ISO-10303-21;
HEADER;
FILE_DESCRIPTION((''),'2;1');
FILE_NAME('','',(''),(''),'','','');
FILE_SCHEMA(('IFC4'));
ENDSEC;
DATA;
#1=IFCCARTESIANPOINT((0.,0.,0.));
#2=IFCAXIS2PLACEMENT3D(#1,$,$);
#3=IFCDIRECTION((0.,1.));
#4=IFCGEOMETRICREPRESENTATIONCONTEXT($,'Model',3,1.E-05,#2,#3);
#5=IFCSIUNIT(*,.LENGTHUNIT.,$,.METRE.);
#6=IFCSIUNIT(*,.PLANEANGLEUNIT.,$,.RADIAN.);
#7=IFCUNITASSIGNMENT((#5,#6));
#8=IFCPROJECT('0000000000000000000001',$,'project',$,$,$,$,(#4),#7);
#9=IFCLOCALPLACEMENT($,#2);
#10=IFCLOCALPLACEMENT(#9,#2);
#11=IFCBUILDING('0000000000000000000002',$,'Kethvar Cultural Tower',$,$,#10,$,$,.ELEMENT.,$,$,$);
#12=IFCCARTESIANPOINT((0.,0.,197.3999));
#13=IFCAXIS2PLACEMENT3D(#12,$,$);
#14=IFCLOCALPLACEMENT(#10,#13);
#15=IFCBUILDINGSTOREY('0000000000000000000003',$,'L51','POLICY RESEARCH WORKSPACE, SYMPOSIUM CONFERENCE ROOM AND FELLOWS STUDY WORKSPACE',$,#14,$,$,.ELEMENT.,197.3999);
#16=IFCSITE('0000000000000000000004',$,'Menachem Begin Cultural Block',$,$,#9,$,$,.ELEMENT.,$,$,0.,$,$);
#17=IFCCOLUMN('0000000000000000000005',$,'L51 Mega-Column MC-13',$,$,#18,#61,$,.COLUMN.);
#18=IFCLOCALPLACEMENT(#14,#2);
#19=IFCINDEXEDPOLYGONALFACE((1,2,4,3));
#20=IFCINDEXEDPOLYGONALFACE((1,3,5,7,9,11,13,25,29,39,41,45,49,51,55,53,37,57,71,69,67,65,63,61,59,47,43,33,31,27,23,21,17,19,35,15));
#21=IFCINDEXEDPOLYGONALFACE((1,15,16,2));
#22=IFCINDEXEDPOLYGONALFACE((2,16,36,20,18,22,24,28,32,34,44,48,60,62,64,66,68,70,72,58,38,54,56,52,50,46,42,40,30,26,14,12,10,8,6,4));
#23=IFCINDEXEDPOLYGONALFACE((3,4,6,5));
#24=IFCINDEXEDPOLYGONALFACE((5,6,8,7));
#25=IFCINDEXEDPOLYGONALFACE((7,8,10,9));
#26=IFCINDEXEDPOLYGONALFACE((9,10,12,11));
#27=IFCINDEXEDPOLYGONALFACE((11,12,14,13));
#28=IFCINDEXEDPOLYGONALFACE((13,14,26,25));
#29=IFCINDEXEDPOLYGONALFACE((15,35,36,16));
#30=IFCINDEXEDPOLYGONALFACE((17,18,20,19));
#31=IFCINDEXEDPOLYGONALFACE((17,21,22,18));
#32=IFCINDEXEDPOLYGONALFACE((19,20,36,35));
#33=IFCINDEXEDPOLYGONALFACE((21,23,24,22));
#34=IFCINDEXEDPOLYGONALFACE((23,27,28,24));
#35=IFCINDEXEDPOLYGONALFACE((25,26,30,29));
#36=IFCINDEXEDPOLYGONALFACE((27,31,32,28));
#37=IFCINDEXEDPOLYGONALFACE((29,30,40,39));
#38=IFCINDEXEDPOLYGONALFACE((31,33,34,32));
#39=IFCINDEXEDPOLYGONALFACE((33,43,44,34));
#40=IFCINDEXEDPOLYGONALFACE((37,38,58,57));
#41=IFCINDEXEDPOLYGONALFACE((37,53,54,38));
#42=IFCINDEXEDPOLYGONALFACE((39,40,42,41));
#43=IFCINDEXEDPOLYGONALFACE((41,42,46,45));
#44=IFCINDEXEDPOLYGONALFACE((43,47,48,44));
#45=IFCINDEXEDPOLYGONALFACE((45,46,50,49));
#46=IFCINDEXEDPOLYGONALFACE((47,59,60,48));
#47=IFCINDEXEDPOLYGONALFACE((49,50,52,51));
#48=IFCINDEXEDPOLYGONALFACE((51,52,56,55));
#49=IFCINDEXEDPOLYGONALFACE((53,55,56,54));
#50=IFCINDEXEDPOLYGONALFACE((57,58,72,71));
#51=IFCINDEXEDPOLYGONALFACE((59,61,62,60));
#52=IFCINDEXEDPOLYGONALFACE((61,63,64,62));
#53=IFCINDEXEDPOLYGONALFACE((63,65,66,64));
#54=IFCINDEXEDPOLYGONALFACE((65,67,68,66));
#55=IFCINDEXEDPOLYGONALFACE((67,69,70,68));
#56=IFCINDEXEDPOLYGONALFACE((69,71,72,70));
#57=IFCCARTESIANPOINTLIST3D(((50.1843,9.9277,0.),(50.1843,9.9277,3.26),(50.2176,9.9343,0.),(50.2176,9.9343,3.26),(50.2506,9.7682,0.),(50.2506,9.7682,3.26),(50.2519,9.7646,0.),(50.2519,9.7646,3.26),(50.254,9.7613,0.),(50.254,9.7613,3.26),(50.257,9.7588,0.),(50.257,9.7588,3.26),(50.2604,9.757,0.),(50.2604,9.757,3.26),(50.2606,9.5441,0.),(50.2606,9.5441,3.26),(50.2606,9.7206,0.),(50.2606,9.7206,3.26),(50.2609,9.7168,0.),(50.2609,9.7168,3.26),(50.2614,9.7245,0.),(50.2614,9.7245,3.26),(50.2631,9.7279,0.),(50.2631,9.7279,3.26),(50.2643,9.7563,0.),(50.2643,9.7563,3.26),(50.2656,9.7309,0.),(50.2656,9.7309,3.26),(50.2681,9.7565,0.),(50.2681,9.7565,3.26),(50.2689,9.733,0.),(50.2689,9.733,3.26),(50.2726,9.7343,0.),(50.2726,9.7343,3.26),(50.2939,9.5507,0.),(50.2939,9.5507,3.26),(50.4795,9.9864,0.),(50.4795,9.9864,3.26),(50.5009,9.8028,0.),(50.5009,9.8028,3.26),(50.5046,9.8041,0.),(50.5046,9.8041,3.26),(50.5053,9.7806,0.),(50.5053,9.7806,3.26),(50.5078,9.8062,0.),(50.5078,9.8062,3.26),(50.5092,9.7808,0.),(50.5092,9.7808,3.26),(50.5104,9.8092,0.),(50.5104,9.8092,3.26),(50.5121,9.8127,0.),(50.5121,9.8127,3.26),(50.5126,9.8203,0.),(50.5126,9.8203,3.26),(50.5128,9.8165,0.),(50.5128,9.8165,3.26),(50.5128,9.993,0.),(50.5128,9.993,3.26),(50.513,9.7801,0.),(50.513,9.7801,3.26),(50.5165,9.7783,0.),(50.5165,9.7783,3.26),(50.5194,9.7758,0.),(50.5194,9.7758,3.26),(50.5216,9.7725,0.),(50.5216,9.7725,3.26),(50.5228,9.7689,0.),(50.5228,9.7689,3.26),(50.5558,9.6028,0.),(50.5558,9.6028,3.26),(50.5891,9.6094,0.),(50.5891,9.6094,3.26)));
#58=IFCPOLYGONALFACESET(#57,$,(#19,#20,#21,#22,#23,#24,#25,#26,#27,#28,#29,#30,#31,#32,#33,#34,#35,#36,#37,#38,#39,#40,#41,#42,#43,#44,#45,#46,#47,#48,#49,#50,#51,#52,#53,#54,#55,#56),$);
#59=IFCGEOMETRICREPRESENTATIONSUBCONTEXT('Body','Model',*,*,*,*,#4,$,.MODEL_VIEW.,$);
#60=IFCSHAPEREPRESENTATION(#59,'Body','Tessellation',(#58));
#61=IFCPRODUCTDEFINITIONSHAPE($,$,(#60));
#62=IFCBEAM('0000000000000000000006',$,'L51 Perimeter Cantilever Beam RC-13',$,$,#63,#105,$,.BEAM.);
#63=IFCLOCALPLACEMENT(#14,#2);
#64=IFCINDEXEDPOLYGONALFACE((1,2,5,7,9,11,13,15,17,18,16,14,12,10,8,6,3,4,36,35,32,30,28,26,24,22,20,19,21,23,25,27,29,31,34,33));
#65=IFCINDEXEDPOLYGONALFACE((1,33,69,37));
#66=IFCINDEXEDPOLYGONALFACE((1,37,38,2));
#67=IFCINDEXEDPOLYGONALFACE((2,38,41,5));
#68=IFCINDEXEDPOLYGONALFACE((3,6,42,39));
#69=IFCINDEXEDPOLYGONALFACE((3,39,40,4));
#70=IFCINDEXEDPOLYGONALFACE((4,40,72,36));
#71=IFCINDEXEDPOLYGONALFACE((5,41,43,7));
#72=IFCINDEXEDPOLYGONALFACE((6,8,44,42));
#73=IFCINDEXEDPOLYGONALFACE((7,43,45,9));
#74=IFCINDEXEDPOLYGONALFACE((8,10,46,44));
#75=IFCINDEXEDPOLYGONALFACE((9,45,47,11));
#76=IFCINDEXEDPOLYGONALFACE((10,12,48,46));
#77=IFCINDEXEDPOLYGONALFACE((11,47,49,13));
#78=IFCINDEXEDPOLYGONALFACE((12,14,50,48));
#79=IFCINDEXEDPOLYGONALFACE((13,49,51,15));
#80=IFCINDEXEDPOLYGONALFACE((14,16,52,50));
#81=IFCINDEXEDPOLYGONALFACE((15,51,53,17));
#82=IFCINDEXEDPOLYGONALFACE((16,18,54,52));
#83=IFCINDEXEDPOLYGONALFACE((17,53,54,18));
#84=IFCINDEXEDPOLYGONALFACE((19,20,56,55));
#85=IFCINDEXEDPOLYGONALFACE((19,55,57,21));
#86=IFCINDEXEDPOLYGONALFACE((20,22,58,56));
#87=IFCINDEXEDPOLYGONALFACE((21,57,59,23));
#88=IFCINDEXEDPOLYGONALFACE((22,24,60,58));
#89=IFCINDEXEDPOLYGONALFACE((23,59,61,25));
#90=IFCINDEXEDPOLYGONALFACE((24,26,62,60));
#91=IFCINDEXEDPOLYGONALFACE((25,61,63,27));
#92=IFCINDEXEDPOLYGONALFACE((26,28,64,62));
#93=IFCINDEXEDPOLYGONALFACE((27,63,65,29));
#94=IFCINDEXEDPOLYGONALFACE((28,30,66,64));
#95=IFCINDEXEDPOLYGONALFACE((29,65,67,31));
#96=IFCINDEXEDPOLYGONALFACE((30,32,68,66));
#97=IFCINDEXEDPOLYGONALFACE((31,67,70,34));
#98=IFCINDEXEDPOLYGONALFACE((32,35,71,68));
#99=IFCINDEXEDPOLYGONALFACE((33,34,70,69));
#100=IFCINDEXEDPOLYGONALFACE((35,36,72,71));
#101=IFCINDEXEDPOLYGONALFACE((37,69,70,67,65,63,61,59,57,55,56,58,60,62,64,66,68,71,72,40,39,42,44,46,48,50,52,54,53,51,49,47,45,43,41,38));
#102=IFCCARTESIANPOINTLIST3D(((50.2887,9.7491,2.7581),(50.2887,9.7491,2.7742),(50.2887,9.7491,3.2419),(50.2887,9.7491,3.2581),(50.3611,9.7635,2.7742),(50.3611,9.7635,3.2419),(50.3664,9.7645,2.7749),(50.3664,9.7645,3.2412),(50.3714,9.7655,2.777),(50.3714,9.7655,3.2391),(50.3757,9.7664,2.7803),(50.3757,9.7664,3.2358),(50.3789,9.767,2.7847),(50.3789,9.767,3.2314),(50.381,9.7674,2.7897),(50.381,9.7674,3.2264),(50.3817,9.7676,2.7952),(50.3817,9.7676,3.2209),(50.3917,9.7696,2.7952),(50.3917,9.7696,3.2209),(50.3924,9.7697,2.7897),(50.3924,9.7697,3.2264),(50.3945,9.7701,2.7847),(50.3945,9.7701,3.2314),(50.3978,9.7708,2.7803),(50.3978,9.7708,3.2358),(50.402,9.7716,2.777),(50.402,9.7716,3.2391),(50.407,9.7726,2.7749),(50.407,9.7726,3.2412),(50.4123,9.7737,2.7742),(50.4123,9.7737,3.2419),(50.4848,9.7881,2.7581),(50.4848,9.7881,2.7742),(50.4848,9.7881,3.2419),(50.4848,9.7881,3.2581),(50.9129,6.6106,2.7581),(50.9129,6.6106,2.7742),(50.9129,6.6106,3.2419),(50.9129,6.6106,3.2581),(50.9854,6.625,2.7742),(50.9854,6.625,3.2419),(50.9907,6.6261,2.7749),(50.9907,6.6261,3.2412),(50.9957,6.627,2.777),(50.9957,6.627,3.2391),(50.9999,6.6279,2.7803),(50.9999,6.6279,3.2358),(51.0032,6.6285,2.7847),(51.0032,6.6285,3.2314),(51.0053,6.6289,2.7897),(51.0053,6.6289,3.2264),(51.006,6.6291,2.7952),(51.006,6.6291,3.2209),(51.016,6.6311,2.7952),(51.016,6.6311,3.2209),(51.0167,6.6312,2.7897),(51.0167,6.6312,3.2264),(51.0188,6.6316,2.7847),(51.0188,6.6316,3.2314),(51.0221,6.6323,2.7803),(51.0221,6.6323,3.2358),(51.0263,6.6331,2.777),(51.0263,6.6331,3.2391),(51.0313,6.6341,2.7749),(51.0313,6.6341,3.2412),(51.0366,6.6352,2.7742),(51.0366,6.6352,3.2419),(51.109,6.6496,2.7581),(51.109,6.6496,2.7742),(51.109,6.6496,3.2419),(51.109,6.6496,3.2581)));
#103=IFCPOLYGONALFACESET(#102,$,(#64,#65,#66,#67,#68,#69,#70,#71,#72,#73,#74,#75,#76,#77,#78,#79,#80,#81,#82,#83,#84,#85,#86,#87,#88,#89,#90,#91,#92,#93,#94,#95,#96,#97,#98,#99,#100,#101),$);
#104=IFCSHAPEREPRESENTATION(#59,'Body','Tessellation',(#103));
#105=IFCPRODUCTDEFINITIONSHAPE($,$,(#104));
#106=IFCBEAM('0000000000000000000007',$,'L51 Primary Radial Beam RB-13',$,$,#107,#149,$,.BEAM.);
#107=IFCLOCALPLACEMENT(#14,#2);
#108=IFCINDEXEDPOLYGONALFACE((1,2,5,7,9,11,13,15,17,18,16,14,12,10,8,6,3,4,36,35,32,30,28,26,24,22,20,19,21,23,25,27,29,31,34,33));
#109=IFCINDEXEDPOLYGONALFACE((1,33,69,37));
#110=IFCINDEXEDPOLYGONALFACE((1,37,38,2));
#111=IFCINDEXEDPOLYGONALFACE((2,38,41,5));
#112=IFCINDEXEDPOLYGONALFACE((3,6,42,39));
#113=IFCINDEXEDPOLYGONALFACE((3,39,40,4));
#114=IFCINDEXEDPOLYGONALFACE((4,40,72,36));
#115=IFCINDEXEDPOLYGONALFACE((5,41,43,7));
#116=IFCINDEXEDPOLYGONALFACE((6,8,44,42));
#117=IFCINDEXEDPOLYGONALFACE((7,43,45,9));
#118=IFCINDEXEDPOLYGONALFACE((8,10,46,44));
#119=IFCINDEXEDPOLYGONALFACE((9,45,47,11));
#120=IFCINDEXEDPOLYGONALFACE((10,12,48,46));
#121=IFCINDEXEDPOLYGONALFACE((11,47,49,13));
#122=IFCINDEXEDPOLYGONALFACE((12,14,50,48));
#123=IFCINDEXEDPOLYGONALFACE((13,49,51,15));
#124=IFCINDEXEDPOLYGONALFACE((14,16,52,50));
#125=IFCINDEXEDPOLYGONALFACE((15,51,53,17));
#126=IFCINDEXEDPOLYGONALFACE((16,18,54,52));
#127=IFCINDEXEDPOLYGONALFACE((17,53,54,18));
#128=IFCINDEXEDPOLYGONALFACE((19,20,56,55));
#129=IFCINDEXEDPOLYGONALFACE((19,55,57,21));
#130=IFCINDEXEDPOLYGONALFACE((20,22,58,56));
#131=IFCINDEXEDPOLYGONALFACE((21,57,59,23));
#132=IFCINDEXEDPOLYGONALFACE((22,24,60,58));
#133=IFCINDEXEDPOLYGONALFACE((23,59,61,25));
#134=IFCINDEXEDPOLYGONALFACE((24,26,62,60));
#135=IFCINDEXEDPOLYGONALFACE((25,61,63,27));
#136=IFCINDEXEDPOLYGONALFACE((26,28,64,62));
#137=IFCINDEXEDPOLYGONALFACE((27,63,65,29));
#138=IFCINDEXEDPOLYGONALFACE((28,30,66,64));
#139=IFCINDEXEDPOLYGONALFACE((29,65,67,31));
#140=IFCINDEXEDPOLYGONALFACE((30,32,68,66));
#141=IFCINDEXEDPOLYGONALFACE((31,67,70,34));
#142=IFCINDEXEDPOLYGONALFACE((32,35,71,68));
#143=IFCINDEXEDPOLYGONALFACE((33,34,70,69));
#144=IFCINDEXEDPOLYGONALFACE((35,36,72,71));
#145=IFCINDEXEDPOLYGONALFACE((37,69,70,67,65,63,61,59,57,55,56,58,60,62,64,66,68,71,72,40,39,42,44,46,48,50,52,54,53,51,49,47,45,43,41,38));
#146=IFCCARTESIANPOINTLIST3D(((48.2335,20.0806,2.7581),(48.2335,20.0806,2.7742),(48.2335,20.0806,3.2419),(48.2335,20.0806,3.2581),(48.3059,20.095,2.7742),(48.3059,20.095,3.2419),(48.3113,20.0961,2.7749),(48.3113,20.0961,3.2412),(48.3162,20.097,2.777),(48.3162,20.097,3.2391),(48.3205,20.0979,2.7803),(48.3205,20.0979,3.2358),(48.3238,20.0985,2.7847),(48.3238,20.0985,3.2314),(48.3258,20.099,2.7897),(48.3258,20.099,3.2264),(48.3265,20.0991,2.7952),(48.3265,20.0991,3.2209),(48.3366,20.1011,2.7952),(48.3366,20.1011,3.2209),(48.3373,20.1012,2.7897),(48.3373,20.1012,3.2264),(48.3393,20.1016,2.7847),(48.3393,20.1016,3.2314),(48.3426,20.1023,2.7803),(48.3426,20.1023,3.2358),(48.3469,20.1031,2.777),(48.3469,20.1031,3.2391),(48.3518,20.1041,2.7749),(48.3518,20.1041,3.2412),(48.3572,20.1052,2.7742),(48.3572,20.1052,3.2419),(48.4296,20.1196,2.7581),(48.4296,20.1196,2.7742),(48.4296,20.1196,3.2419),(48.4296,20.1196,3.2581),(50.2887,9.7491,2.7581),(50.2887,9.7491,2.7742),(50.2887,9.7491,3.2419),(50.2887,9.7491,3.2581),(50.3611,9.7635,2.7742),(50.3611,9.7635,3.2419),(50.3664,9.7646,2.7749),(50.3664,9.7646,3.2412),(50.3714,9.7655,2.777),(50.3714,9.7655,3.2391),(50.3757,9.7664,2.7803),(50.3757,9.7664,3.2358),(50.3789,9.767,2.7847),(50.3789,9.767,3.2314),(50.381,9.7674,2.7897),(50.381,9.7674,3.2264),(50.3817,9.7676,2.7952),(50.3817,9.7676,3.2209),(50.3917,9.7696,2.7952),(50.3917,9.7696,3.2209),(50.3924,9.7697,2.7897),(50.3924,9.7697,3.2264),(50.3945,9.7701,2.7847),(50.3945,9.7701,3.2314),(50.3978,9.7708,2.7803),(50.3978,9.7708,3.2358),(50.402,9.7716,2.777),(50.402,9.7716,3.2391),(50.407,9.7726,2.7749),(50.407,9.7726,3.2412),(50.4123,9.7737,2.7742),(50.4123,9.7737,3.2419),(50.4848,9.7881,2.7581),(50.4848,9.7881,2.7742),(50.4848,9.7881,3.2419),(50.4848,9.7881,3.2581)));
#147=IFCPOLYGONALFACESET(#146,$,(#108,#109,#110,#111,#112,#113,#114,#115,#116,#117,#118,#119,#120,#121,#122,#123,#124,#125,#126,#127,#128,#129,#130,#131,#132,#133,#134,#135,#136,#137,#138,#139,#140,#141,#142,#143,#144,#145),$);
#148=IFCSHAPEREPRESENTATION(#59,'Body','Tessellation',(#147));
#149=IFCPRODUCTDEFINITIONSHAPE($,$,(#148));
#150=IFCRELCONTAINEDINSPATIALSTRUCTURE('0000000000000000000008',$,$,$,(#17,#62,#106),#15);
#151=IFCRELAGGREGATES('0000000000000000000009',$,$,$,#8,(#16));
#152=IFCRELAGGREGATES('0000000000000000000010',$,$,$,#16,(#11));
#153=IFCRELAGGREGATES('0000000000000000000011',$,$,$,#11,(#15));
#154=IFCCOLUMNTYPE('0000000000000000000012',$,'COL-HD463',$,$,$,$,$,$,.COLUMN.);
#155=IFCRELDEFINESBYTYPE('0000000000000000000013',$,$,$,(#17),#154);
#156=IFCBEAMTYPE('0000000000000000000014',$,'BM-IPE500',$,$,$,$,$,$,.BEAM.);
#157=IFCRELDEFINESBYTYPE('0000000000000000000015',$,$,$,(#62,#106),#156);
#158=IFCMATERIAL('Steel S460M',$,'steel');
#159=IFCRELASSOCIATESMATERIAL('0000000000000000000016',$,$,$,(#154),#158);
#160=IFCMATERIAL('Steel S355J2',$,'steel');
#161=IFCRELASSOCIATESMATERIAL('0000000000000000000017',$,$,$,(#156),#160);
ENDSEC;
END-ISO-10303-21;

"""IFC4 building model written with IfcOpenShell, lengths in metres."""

from ifc_helpers import new_model, si_unit, direction, frame, origin, origin_2d, place, context, subcontext, project, spatial, i_section, extrude, source, transform, mapped, material, material_profile, profile_set, type_object, element, save


model = new_model("IFC4")

# Units and contexts
model_context = context("Model", 3, precision=1e-05, world=origin(), true_north=direction((0.0, 1.0)))
body_context = subcontext(model_context, "Body", "Model", "MODEL_VIEW")
ifc_project = project(units=[si_unit("LENGTHUNIT", "METRE"), si_unit("PLANEANGLEUNIT", "RADIAN")], contexts=[model_context])

# Site, building, storey
site_placement = place(None, origin())
site = spatial("IfcSite", under=ifc_project, at=site_placement, Name="Menachem Begin Cultural Block", CompositionType="ELEMENT", RefElevation=0.0)
building_placement = place(site_placement, origin())
building = spatial("IfcBuilding", under=site, at=building_placement, Name="Kethvar Cultural Tower", CompositionType="ELEMENT")
storey_placement = place(building_placement, frame((0.0, 0.0, 197.3999)))
storey = spatial("IfcBuildingStorey", under=building, at=storey_placement, Name="L51", Description="POLICY RESEARCH WORKSPACE, SYMPOSIUM CONFERENCE ROOM AND FELLOWS STUDY WORKSPACE", CompositionType="ELEMENT", Elevation=197.3999)

# Column
ifc_material_1 = material(Name="Steel S460M", Category="steel")
ifc_material_profile_1 = material_profile(ifc_material_1, i_section(OverallWidth=0.3911, OverallDepth=0.335, WebThickness=0.0227, FlangeThickness=0.0339, FilletRadius=0.0149, at=origin_2d()), Name="Steel S460M — HD400x463")
ifc_profile_set_1 = profile_set([ifc_material_profile_1], Name="Steel S460M — HD400x463")
column_type = type_object("IfcColumnType", Name="COL-HD463", PredefinedType="COLUMN", material=ifc_profile_set_1)
shared_shape_1 = source(origin(), body_context, "Body", "SweptSolid", [
    extrude(i_section(OverallWidth=0.3911, OverallDepth=0.335, WebThickness=0.0227, FlangeThickness=0.0339, FilletRadius=0.0149, at=origin_2d()), origin(), (0.0, 0.0, 1.0), 3.26),
])
column_placement = place(storey_placement, frame((50.3867, 9.7686, 0.0), z_axis=(0.0, 0.0, 1.0), x_axis=(0.19509, -0.980785, 0.0)))
element("IfcColumn", 1, at=column_placement, inside=storey, type_object=column_type, Name="L51 Mega-Column MC-13", PredefinedType="COLUMN", context=body_context, shape_type="MappedRepresentation", body=[
    mapped(shared_shape_1, transform((0.0, 0.0, 0.0), scale=1.0)),
])

# Beams
ifc_material_2 = material(Name="Steel S355J2", Category="steel")
ifc_material_profile_2 = material_profile(ifc_material_2, i_section(OverallWidth=0.2, OverallDepth=0.5, WebThickness=0.0103, FlangeThickness=0.0161, FilletRadius=0.021, at=origin_2d()), Name="Steel S355J2 — IPE500")
ifc_profile_set_2 = profile_set([ifc_material_profile_2], Name="Steel S355J2 — IPE500")
beam_type_1 = type_object("IfcBeamType", Name="BM-IPE500", PredefinedType="BEAM", material=ifc_profile_set_2)
shared_shape_2 = source(origin(), body_context, "Body", "SweptSolid", [
    extrude(i_section(OverallWidth=0.2, OverallDepth=0.5, WebThickness=0.0103, FlangeThickness=0.0161, FilletRadius=0.021, at=origin_2d()), origin(), (0.0, 0.0, 1.0), 3.2),
])
beam_1_placement = place(storey_placement, frame((50.3867, 9.7686, 3.0081), z_axis=(0.195089, -0.980786, 0.0), x_axis=(0.980786, 0.195089, 0.0)))
element("IfcBeam", 2, at=beam_1_placement, inside=storey, type_object=beam_type_1, Name="L51 Perimeter Cantilever Beam RC-13", PredefinedType="BEAM", context=body_context, shape_type="MappedRepresentation", body=[
    mapped(shared_shape_2, transform((0.0, 0.0, 0.0), scale=1.0)),
])
shared_shape_3 = source(origin(), body_context, "Body", "SweptSolid", [
    extrude(i_section(OverallWidth=0.2, OverallDepth=0.5, WebThickness=0.0103, FlangeThickness=0.0161, FilletRadius=0.021, at=origin_2d()), origin(), (0.0, 0.0, 1.0), 10.5339),
])
beam_2_placement = place(storey_placement, frame((48.3315, 20.1001, 3.0081), z_axis=(0.1951, -0.980783, 0.0), x_axis=(0.980783, 0.1951, 0.0)))
element("IfcBeam", 3, at=beam_2_placement, inside=storey, type_object=beam_type_1, Name="L51 Primary Radial Beam RB-13", PredefinedType="BEAM", context=body_context, shape_type="MappedRepresentation", body=[
    mapped(shared_shape_3, transform((0.0, 0.0, 0.0), scale=1.0)),
])

save(model, "model.ifc")
